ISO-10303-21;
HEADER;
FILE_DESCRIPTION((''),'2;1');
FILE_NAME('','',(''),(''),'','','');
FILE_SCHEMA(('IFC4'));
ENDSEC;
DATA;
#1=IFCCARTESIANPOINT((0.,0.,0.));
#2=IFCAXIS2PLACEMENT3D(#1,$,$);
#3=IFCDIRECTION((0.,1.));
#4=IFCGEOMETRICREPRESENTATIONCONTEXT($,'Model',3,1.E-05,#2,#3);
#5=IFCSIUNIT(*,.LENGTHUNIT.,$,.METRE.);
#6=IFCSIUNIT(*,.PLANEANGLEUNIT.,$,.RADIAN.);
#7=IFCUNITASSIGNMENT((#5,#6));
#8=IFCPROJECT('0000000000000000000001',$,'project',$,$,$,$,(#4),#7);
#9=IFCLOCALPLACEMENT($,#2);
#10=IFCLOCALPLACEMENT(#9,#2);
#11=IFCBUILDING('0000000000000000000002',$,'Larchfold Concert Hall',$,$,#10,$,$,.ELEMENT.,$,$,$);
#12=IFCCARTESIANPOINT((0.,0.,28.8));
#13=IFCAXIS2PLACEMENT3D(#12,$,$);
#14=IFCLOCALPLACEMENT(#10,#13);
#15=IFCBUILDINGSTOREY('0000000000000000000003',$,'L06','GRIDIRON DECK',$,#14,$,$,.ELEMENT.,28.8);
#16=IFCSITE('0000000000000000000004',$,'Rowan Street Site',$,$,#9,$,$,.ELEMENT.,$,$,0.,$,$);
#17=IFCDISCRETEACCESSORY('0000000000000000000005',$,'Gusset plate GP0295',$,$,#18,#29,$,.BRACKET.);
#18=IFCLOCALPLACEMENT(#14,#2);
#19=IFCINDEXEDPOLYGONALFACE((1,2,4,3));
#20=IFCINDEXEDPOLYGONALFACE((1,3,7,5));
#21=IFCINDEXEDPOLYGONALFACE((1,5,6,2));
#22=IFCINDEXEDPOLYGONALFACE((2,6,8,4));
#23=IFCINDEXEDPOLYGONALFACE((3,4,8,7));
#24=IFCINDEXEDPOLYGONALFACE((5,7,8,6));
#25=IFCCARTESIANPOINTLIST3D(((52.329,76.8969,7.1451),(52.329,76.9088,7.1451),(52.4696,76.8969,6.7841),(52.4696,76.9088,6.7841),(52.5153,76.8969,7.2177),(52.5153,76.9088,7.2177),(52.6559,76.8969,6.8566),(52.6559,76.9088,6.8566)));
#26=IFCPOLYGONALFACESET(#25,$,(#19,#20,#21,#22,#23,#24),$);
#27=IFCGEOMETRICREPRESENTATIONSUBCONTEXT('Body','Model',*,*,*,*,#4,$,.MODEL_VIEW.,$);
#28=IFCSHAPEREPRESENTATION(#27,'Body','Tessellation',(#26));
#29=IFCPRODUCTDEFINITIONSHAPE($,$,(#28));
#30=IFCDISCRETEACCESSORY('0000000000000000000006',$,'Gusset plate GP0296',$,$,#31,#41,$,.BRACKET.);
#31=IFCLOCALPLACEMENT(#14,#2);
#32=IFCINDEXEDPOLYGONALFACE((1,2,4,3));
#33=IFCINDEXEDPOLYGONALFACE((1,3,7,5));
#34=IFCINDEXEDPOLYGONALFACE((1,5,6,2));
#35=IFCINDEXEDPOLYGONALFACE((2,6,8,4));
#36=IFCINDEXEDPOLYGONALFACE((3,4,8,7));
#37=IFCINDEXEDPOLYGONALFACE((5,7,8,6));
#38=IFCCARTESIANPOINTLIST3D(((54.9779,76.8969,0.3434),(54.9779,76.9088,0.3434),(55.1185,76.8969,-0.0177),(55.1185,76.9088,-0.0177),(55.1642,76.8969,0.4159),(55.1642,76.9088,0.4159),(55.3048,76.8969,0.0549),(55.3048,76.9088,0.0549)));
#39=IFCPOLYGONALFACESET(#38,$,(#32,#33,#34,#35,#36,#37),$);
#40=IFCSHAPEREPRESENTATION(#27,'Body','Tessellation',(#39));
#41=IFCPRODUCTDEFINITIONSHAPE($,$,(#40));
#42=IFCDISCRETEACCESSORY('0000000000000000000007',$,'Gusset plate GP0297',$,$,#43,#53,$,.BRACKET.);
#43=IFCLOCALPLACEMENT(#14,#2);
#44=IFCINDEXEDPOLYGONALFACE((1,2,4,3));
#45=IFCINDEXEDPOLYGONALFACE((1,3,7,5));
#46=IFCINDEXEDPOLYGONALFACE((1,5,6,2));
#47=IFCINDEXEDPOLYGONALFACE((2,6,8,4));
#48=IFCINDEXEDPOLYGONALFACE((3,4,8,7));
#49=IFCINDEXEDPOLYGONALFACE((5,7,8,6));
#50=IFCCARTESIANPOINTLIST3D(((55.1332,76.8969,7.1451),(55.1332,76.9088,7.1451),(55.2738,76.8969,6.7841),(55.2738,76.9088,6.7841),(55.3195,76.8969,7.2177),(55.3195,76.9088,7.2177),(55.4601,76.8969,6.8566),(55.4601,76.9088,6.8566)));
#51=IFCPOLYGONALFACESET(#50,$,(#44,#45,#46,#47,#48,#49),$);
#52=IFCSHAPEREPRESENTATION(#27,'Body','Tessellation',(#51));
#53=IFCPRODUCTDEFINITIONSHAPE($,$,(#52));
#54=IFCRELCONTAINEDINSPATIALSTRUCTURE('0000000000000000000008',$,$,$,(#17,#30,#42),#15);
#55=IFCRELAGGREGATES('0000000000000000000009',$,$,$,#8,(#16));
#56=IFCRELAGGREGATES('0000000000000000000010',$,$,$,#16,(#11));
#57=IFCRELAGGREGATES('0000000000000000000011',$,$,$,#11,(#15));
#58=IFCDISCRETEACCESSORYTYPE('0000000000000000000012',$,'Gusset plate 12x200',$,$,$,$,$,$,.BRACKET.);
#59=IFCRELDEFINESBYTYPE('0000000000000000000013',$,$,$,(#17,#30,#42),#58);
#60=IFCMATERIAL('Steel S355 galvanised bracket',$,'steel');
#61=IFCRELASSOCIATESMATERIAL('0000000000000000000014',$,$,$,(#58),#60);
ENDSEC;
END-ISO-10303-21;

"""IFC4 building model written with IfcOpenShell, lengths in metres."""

from ifc_helpers import new_model, si_unit, direction, frame, origin, origin_2d, place, context, subcontext, project, spatial, rectangle, extrude, material, material_profile, profile_set, type_object, element, save


model = new_model("IFC4")

# Units and contexts
model_context = context("Model", 3, precision=1e-05, world=origin(), true_north=direction((0.0, 1.0)))
body_context = subcontext(model_context, "Body", "Model", "MODEL_VIEW")
ifc_project = project(units=[si_unit("LENGTHUNIT", "METRE"), si_unit("PLANEANGLEUNIT", "RADIAN")], contexts=[model_context])

# Site, building, storey
site_placement = place(None, origin())
site = spatial("IfcSite", under=ifc_project, at=site_placement, Name="Rowan Street Site", CompositionType="ELEMENT", RefElevation=0.0)
building_placement = place(site_placement, origin())
building = spatial("IfcBuilding", under=site, at=building_placement, Name="Larchfold Concert Hall", CompositionType="ELEMENT")
storey_placement = place(building_placement, frame((0.0, 0.0, 28.8)))
storey = spatial("IfcBuildingStorey", under=building, at=storey_placement, Name="L06", Description="GRIDIRON DECK", CompositionType="ELEMENT", Elevation=28.8)

# Discrete accessories
ifc_material_1 = material(Name="Steel S355 galvanised bracket", Category="steel")
ifc_material_profile_1 = material_profile(ifc_material_1, rectangle(XDim=0.012, YDim=0.2, at=origin_2d()))
ifc_profile_set_1 = profile_set([ifc_material_profile_1], Name="Steel S355 galvanised bracket")
discrete_accessory_type_1 = type_object("IfcDiscreteAccessoryType", Name="Gusset plate 12x200", PredefinedType="BRACKET", material=ifc_profile_set_1)
for number, where, z_axis, x_axis, name in (
    (1, (52.4221, 76.9028, 7.1814), (0.362902, 0.0, -0.931827), (0.0, 1.0, 0.0), "Gusset plate GP0295"),
    (2, (55.071, 76.9028, 0.3796), (0.362902, 0.0, -0.931827), (0.0, 1.0, 0.0), "Gusset plate GP0296"),
    (3, (55.2263, 76.9028, 7.1814), (0.362902, 0.0, -0.931827), (0.0, 1.0, 0.0), "Gusset plate GP0297"),
):
    element("IfcDiscreteAccessory", number, at=place(storey_placement, frame(where, z_axis=z_axis, x_axis=x_axis)), inside=storey, type_object=discrete_accessory_type_1, Name=name, PredefinedType="BRACKET", context=body_context, shape_type="SweptSolid", body=[
        extrude(rectangle(XDim=0.012, YDim=0.2, at=origin_2d()), origin(), (0.0, 0.0, 1.0), 0.3875),
    ])

save(model, "model.ifc")
